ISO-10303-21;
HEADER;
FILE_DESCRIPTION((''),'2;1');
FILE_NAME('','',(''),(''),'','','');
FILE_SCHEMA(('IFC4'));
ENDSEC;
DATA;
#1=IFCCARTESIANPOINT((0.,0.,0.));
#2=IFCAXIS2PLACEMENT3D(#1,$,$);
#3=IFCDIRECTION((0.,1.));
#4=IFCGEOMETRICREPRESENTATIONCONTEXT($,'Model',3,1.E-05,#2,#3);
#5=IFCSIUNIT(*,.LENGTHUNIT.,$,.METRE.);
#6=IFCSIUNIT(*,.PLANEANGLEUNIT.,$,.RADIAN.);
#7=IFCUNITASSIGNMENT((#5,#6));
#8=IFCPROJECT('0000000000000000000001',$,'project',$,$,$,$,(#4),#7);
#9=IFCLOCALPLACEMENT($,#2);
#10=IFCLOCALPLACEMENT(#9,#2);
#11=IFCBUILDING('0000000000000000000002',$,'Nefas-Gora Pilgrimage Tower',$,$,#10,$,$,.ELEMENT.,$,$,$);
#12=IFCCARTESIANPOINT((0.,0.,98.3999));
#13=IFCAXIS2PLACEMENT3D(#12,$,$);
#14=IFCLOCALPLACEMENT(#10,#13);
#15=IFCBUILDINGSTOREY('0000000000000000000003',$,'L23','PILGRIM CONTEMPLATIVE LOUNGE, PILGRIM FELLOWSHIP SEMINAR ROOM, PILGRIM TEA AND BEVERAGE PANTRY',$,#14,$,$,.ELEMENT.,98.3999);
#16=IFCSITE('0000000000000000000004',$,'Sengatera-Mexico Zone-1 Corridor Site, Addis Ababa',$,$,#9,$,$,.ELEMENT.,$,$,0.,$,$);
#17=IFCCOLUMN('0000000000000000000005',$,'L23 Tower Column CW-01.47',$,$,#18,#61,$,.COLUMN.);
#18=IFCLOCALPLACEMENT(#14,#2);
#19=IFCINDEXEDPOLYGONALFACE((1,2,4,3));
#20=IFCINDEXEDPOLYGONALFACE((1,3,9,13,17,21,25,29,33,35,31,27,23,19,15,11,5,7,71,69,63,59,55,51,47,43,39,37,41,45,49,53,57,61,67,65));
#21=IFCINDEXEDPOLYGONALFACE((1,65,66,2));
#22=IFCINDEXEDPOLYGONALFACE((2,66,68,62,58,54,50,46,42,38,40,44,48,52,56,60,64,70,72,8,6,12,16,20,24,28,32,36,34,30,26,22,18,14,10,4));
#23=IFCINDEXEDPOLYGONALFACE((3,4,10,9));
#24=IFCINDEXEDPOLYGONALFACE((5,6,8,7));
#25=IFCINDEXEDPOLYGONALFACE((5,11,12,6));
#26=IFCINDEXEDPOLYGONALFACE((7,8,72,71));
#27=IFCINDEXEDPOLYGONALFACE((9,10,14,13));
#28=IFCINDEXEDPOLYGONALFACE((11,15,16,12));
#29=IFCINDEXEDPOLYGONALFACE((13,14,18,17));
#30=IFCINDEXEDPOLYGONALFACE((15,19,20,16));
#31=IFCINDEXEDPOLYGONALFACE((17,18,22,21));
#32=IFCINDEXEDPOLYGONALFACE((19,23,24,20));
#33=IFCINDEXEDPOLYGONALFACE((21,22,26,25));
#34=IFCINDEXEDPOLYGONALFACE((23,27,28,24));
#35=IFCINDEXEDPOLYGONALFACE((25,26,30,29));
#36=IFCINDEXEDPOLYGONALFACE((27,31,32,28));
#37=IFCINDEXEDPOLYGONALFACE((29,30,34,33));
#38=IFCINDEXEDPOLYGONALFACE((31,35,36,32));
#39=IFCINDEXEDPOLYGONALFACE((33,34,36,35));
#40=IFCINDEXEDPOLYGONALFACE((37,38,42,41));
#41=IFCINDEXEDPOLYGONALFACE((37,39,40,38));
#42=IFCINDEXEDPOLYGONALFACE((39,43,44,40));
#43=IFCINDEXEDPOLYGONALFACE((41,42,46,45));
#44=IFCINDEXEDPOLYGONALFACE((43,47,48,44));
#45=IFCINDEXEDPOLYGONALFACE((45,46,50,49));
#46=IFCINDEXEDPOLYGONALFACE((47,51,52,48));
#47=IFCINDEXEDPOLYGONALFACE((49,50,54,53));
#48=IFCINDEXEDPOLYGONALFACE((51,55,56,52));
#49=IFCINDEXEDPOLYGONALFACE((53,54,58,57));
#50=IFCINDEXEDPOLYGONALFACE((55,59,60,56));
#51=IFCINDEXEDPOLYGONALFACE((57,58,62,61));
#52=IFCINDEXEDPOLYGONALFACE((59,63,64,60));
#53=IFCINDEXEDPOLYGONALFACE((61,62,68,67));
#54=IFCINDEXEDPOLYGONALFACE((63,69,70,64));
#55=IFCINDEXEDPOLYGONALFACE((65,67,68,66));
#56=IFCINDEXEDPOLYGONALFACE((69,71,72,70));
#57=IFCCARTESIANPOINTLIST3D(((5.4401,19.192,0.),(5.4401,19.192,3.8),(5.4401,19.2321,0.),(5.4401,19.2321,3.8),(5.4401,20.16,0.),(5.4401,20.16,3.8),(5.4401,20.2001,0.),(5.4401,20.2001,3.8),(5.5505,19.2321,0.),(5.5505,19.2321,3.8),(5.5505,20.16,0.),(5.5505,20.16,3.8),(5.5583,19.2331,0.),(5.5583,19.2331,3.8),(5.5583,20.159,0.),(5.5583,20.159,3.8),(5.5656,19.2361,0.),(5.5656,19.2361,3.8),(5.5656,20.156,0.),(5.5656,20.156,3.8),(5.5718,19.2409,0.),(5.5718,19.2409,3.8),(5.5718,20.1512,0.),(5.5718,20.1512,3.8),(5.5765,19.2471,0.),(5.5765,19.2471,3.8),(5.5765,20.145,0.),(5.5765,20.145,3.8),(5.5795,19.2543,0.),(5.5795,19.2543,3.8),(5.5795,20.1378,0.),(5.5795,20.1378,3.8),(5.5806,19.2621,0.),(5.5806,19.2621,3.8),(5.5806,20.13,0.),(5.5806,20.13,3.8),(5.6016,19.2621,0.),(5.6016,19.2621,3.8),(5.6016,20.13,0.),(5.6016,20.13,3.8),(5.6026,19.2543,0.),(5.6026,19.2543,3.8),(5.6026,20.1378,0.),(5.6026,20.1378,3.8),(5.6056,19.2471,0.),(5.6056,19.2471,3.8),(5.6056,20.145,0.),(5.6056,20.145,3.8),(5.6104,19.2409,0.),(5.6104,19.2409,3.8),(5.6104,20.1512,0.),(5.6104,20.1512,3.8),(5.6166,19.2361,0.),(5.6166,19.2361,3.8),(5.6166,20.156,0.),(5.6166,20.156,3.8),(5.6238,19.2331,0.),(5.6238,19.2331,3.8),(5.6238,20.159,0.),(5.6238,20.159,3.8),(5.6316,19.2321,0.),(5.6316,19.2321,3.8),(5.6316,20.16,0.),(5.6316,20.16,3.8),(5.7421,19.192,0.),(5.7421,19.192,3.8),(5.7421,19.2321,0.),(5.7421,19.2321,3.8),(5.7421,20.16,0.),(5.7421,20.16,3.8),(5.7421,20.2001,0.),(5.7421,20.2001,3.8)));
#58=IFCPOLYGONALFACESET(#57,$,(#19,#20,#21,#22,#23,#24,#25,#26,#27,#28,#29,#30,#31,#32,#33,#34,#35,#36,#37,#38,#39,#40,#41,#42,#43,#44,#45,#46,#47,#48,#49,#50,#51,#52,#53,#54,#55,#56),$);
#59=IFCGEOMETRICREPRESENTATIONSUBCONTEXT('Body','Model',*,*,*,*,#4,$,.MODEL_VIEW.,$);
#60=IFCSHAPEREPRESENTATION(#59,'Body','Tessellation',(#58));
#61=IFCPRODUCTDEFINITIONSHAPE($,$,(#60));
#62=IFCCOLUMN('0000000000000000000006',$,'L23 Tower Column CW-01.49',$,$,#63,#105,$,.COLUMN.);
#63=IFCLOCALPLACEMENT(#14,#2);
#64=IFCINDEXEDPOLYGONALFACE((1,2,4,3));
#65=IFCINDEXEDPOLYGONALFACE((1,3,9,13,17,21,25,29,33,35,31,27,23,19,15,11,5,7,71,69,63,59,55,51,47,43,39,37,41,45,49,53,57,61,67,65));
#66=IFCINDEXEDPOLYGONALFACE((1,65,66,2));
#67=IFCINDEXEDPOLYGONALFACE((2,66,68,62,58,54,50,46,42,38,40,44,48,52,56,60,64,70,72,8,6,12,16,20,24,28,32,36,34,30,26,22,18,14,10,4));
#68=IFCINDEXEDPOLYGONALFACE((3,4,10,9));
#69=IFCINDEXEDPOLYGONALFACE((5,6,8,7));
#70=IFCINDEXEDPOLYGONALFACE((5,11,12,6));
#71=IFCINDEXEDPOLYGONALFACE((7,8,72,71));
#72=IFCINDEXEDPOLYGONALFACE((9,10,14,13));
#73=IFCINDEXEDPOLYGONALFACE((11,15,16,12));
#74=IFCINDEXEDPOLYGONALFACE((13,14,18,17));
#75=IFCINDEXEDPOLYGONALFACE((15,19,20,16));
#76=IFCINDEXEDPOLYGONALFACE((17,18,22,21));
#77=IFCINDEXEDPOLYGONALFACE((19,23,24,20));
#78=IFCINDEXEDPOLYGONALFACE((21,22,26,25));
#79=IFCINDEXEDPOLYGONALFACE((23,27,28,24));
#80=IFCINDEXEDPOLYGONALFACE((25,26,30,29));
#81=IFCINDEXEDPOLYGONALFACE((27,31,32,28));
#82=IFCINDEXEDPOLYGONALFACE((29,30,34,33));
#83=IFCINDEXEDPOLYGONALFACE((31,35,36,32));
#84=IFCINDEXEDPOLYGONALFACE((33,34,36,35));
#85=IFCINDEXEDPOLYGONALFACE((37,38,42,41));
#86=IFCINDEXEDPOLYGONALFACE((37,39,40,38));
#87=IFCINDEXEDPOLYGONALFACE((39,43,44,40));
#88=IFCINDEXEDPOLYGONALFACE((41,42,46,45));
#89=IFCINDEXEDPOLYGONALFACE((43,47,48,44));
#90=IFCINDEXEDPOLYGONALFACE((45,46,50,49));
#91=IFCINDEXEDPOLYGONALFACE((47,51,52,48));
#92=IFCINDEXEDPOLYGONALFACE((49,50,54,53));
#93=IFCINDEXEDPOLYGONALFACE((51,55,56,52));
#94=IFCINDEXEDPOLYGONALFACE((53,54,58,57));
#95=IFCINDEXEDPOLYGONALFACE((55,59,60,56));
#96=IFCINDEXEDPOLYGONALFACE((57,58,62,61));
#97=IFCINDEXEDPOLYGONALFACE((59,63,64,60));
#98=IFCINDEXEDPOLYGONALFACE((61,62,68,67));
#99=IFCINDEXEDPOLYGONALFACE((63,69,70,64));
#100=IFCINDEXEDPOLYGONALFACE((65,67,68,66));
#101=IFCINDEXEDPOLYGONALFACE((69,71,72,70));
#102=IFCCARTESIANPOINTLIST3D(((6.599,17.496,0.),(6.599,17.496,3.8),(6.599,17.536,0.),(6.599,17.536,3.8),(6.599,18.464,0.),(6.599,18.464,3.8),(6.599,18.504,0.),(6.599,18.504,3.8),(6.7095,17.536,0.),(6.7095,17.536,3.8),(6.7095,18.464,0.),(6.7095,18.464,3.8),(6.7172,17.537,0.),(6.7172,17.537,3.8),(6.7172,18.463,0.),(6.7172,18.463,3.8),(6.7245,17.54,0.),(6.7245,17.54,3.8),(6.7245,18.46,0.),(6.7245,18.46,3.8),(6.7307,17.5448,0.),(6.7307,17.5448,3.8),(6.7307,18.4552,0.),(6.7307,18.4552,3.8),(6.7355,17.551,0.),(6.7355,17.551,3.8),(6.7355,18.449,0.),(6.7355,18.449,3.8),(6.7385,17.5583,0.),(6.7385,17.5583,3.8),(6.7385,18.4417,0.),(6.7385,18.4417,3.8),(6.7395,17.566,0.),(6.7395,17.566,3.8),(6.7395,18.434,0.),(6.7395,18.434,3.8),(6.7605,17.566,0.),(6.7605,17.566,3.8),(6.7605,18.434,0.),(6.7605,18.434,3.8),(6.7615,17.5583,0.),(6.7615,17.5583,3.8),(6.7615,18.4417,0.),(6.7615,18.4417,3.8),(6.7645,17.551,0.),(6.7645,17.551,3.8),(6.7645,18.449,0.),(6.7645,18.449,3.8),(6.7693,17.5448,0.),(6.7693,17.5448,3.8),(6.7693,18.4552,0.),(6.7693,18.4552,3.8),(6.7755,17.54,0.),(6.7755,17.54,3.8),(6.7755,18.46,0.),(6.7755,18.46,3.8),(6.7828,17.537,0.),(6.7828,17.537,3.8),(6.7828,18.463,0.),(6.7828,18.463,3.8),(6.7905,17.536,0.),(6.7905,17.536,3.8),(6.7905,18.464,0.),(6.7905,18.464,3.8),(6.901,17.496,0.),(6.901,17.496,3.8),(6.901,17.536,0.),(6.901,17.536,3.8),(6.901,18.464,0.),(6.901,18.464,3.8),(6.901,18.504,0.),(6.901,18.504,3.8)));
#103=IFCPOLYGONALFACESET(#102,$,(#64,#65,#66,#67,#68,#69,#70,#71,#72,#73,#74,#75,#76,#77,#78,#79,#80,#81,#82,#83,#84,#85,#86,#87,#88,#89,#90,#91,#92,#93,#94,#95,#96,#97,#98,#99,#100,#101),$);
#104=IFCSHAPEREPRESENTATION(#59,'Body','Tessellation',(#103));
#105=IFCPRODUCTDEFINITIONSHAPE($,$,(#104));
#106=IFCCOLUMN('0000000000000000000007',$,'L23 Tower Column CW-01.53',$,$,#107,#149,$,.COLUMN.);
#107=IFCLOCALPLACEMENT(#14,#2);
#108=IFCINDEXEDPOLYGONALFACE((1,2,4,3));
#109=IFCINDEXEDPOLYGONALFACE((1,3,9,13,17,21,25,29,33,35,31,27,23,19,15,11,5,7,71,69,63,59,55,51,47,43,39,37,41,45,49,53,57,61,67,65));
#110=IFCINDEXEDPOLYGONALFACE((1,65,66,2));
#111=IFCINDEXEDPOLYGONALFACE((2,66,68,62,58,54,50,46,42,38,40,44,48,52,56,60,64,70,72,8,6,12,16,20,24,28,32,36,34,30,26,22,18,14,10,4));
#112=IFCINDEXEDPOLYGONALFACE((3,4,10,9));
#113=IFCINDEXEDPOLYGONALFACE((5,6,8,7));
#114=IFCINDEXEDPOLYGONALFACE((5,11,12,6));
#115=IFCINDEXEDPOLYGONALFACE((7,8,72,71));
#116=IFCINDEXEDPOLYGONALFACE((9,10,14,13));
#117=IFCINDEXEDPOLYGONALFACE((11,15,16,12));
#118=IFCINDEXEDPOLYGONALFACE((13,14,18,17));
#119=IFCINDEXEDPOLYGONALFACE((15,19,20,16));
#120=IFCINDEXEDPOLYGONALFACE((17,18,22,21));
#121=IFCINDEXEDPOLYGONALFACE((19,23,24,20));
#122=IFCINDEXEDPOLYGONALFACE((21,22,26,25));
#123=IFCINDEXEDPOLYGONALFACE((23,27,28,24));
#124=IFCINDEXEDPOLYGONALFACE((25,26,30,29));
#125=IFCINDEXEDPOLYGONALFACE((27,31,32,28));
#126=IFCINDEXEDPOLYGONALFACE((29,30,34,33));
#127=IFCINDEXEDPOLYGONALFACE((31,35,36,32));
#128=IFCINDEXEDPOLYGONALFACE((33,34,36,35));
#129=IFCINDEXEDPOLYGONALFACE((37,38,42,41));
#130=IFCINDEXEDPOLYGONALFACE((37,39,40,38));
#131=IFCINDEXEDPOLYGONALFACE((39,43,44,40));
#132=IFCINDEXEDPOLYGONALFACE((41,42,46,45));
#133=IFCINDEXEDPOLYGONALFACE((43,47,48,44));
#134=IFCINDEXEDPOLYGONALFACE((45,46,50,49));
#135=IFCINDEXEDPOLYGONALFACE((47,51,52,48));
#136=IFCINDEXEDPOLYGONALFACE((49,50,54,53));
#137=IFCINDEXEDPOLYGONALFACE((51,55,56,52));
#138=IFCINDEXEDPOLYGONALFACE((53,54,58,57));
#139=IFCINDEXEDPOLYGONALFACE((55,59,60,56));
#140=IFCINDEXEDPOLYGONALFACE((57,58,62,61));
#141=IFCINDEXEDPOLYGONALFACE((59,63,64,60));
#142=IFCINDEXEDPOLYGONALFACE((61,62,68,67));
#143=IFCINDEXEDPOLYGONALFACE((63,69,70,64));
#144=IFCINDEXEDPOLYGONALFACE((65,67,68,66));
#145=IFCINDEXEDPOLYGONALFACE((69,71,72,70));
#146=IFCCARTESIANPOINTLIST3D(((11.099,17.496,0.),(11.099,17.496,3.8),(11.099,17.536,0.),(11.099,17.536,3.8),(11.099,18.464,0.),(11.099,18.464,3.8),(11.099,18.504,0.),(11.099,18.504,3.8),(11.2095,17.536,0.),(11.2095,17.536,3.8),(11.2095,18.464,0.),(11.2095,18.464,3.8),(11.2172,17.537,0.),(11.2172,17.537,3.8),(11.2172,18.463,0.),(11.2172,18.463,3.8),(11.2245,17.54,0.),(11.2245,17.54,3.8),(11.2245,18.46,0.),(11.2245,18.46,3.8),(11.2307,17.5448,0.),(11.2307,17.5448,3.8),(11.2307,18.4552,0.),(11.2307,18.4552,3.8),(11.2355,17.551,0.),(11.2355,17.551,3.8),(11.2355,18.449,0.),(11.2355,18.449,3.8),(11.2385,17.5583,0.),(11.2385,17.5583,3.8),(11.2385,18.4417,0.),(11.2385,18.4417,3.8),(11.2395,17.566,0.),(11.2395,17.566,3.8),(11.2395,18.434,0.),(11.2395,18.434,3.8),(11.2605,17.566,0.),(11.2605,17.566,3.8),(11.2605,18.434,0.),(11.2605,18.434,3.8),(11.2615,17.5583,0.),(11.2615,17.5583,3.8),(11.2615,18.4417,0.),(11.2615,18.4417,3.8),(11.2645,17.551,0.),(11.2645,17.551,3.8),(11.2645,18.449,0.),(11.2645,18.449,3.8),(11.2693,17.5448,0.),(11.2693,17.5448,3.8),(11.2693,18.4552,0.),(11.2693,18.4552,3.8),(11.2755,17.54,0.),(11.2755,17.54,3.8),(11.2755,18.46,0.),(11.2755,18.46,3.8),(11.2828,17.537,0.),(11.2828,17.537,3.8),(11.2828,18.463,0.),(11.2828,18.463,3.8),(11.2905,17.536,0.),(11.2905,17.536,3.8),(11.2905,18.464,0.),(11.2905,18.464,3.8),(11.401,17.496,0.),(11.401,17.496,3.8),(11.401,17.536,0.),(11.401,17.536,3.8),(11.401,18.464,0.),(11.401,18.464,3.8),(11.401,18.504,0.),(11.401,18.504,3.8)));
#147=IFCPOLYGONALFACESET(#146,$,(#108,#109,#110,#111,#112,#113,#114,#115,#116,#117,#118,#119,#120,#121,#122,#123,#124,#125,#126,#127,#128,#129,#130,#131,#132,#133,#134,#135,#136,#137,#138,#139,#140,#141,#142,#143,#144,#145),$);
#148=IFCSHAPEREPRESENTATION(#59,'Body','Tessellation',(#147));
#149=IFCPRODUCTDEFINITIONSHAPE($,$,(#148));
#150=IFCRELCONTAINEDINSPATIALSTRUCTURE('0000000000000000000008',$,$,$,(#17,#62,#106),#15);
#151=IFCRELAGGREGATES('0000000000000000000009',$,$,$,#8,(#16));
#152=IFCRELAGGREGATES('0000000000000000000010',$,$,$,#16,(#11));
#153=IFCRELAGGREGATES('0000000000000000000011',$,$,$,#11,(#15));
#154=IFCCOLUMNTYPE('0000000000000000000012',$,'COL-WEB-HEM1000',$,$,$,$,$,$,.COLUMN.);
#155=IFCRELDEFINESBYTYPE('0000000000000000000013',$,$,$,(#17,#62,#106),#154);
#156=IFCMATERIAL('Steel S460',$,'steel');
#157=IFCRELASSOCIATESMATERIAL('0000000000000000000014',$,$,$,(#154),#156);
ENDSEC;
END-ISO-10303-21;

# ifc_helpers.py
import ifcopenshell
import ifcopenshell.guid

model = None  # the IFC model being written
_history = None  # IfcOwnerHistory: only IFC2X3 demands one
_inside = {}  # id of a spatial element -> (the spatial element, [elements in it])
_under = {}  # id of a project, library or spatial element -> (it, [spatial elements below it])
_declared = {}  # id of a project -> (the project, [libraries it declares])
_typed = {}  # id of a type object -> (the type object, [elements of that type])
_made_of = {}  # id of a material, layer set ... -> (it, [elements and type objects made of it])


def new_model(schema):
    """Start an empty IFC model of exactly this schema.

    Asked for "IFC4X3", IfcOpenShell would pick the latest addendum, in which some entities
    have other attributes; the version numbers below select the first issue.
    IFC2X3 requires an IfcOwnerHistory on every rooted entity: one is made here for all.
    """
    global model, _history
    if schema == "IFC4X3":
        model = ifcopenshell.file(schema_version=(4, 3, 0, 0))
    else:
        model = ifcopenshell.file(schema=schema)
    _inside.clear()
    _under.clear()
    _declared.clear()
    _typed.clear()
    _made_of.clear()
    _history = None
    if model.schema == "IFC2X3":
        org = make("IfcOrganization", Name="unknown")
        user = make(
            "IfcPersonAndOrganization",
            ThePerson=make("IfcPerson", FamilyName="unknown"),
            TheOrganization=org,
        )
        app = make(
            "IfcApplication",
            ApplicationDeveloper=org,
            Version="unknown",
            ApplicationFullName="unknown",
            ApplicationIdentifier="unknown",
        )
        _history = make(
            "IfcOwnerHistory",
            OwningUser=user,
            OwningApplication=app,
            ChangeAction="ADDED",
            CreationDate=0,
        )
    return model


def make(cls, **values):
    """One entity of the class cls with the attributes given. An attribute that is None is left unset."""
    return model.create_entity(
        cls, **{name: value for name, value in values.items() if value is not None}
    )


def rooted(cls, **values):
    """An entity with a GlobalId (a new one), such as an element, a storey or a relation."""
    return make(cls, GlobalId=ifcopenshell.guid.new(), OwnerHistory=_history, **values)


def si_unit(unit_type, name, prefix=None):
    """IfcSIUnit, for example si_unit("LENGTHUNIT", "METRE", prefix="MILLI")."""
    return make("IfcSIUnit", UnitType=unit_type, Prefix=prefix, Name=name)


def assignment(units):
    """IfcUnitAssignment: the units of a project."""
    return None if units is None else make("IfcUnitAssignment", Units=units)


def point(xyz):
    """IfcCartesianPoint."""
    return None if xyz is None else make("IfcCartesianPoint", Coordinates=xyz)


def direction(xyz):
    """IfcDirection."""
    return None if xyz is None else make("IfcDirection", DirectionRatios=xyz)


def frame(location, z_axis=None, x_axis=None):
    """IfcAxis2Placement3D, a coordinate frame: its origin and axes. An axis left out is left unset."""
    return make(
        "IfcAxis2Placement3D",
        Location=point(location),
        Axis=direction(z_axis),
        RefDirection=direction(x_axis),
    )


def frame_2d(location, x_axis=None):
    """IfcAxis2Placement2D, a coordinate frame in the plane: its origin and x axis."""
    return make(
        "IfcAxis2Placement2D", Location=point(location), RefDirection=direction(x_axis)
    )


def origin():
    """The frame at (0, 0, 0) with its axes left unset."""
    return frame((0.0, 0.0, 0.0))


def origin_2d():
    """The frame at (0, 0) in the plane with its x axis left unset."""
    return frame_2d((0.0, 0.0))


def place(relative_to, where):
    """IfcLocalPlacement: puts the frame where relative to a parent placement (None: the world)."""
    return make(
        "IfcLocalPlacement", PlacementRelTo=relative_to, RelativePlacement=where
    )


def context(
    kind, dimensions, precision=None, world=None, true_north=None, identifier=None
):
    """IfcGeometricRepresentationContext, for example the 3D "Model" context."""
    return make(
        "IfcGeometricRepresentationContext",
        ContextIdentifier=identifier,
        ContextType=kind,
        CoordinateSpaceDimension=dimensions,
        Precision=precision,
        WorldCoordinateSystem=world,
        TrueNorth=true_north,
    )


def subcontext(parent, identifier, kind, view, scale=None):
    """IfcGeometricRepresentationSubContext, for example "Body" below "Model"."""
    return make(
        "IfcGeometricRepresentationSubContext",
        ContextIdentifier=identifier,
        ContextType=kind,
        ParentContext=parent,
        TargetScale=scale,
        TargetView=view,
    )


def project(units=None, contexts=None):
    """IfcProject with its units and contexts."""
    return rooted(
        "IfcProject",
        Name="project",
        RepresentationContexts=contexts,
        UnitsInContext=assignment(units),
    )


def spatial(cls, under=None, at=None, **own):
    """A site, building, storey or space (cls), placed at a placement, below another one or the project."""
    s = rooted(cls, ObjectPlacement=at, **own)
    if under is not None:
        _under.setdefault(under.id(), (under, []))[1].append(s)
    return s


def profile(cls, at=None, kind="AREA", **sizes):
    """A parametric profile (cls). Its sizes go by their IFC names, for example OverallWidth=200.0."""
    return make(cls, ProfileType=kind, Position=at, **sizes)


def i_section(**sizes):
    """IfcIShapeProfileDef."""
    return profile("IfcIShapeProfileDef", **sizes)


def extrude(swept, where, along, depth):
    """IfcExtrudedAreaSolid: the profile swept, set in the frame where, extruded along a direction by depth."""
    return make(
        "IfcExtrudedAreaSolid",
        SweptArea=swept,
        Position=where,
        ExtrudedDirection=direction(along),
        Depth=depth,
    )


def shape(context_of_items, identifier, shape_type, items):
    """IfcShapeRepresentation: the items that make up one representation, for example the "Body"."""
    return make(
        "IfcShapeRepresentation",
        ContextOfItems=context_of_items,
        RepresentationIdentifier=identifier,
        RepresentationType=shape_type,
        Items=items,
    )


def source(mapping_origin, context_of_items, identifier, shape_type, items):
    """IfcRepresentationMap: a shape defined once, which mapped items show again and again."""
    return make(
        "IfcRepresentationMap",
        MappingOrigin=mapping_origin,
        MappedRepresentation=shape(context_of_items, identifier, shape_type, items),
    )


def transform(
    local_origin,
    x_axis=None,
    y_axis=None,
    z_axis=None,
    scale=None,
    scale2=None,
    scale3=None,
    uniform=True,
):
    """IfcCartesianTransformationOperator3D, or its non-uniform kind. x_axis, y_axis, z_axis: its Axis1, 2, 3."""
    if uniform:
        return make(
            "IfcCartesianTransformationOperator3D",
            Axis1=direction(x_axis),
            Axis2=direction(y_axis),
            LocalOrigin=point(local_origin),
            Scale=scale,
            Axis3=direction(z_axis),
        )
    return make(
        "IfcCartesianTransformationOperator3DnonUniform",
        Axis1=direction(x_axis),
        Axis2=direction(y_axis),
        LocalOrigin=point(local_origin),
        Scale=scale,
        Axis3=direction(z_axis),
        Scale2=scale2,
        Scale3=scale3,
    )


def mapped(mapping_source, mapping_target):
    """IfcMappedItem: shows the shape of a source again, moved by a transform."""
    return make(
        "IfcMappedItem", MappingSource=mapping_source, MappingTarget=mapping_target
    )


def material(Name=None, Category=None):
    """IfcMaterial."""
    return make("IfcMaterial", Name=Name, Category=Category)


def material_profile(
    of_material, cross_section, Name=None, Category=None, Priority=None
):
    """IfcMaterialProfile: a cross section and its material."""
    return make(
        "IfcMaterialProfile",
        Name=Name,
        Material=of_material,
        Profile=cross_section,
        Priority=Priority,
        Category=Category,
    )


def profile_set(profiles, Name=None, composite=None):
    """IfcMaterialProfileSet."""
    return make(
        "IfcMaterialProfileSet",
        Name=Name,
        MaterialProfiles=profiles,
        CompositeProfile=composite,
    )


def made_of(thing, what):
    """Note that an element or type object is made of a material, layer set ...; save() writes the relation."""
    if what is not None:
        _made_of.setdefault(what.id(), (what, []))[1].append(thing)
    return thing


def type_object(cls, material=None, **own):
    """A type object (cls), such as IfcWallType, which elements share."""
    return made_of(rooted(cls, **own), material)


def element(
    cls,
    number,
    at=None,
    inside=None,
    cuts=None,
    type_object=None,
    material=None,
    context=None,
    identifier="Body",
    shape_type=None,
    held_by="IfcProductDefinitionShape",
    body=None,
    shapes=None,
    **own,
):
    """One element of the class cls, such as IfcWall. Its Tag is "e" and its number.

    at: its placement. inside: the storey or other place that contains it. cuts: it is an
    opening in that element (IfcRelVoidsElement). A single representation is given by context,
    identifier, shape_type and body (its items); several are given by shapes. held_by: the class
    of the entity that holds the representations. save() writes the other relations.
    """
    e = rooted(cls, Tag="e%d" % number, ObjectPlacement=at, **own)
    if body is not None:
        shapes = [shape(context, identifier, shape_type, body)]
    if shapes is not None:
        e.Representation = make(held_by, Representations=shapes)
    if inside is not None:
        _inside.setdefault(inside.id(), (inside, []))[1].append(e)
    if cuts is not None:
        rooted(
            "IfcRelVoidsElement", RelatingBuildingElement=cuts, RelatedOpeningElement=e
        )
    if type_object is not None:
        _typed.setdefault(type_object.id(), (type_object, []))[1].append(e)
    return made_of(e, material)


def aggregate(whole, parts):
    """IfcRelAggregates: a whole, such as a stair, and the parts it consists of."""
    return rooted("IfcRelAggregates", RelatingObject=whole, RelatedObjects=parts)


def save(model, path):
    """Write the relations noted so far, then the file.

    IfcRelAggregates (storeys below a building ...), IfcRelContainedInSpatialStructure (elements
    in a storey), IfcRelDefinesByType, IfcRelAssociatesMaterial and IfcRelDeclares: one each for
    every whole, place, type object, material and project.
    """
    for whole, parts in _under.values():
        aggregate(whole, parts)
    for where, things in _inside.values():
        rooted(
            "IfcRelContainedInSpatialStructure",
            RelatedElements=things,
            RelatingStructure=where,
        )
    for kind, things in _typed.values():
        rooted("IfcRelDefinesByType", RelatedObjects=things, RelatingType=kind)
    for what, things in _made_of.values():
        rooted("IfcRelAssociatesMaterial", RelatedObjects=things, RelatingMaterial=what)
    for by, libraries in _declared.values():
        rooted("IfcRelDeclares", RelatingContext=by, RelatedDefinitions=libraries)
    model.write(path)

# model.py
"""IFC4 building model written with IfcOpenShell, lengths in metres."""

from ifc_helpers import new_model, si_unit, direction, frame, origin, origin_2d, place, context, subcontext, project, spatial, i_section, extrude, source, transform, mapped, material, material_profile, profile_set, type_object, element, save


model = new_model("IFC4")

# Units and contexts
model_context = context("Model", 3, precision=1e-05, world=origin(), true_north=direction((0.0, 1.0)))
body_context = subcontext(model_context, "Body", "Model", "MODEL_VIEW")
ifc_project = project(units=[si_unit("LENGTHUNIT", "METRE"), si_unit("PLANEANGLEUNIT", "RADIAN")], contexts=[model_context])

# Site, building, storey
site_placement = place(None, origin())
site = spatial("IfcSite", under=ifc_project, at=site_placement, Name="Sengatera-Mexico Zone-1 Corridor Site, Addis Ababa", CompositionType="ELEMENT", RefElevation=0.0)
building_placement = place(site_placement, origin())
building = spatial("IfcBuilding", under=site, at=building_placement, Name="Nefas-Gora Pilgrimage Tower", CompositionType="ELEMENT")
storey_placement = place(building_placement, frame((0.0, 0.0, 98.3999)))
storey = spatial("IfcBuildingStorey", under=building, at=storey_placement, Name="L23", Description="PILGRIM CONTEMPLATIVE LOUNGE, PILGRIM FELLOWSHIP SEMINAR ROOM, PILGRIM TEA AND BEVERAGE PANTRY", CompositionType="ELEMENT", Elevation=98.3999)

# Columns
ifc_material_1 = material(Name="Steel S460", Category="steel")
ifc_material_profile_1 = material_profile(ifc_material_1, i_section(OverallWidth=0.302, OverallDepth=1.0081, WebThickness=0.021, FlangeThickness=0.04, FilletRadius=0.03, at=origin_2d()), Name="HEM 1000")
ifc_profile_set_1 = profile_set([ifc_material_profile_1], Name="Steel S460")
column_type_1 = type_object("IfcColumnType", Name="COL-WEB-HEM1000", PredefinedType="COLUMN", material=ifc_profile_set_1)
shared_shape_1 = source(origin(), body_context, "Body", "SweptSolid", [
    extrude(i_section(OverallWidth=0.302, OverallDepth=1.0081, WebThickness=0.021, FlangeThickness=0.04, FilletRadius=0.03, at=origin_2d()), origin(), (0.0, 0.0, 1.0), 3.8),
])
for number, where, z_axis, x_axis, name in (
    (1, (5.5911, 19.696, 0.0), (0.0, 0.0, 1.0), (1.0, 0.0, 0.0), "L23 Tower Column CW-01.47"),
    (2, (6.75, 18.0, 0.0), (0.0, 0.0, 1.0), (1.0, 0.0, 0.0), "L23 Tower Column CW-01.49"),
    (3, (11.25, 18.0, 0.0), (0.0, 0.0, 1.0), (1.0, 0.0, 0.0), "L23 Tower Column CW-01.53"),
):
    element("IfcColumn", number, at=place(storey_placement, frame(where, z_axis=z_axis, x_axis=x_axis)), inside=storey, type_object=column_type_1, Name=name, PredefinedType="COLUMN", context=body_context, shape_type="MappedRepresentation", body=[
        mapped(shared_shape_1, transform((0.0, 0.0, 0.0), x_axis=(1.0, 0.0, 0.0), y_axis=(0.0, 1.0, 0.0), z_axis=(0.0, 0.0, 1.0), scale=1.0)),
    ])

save(model, "model.ifc")
